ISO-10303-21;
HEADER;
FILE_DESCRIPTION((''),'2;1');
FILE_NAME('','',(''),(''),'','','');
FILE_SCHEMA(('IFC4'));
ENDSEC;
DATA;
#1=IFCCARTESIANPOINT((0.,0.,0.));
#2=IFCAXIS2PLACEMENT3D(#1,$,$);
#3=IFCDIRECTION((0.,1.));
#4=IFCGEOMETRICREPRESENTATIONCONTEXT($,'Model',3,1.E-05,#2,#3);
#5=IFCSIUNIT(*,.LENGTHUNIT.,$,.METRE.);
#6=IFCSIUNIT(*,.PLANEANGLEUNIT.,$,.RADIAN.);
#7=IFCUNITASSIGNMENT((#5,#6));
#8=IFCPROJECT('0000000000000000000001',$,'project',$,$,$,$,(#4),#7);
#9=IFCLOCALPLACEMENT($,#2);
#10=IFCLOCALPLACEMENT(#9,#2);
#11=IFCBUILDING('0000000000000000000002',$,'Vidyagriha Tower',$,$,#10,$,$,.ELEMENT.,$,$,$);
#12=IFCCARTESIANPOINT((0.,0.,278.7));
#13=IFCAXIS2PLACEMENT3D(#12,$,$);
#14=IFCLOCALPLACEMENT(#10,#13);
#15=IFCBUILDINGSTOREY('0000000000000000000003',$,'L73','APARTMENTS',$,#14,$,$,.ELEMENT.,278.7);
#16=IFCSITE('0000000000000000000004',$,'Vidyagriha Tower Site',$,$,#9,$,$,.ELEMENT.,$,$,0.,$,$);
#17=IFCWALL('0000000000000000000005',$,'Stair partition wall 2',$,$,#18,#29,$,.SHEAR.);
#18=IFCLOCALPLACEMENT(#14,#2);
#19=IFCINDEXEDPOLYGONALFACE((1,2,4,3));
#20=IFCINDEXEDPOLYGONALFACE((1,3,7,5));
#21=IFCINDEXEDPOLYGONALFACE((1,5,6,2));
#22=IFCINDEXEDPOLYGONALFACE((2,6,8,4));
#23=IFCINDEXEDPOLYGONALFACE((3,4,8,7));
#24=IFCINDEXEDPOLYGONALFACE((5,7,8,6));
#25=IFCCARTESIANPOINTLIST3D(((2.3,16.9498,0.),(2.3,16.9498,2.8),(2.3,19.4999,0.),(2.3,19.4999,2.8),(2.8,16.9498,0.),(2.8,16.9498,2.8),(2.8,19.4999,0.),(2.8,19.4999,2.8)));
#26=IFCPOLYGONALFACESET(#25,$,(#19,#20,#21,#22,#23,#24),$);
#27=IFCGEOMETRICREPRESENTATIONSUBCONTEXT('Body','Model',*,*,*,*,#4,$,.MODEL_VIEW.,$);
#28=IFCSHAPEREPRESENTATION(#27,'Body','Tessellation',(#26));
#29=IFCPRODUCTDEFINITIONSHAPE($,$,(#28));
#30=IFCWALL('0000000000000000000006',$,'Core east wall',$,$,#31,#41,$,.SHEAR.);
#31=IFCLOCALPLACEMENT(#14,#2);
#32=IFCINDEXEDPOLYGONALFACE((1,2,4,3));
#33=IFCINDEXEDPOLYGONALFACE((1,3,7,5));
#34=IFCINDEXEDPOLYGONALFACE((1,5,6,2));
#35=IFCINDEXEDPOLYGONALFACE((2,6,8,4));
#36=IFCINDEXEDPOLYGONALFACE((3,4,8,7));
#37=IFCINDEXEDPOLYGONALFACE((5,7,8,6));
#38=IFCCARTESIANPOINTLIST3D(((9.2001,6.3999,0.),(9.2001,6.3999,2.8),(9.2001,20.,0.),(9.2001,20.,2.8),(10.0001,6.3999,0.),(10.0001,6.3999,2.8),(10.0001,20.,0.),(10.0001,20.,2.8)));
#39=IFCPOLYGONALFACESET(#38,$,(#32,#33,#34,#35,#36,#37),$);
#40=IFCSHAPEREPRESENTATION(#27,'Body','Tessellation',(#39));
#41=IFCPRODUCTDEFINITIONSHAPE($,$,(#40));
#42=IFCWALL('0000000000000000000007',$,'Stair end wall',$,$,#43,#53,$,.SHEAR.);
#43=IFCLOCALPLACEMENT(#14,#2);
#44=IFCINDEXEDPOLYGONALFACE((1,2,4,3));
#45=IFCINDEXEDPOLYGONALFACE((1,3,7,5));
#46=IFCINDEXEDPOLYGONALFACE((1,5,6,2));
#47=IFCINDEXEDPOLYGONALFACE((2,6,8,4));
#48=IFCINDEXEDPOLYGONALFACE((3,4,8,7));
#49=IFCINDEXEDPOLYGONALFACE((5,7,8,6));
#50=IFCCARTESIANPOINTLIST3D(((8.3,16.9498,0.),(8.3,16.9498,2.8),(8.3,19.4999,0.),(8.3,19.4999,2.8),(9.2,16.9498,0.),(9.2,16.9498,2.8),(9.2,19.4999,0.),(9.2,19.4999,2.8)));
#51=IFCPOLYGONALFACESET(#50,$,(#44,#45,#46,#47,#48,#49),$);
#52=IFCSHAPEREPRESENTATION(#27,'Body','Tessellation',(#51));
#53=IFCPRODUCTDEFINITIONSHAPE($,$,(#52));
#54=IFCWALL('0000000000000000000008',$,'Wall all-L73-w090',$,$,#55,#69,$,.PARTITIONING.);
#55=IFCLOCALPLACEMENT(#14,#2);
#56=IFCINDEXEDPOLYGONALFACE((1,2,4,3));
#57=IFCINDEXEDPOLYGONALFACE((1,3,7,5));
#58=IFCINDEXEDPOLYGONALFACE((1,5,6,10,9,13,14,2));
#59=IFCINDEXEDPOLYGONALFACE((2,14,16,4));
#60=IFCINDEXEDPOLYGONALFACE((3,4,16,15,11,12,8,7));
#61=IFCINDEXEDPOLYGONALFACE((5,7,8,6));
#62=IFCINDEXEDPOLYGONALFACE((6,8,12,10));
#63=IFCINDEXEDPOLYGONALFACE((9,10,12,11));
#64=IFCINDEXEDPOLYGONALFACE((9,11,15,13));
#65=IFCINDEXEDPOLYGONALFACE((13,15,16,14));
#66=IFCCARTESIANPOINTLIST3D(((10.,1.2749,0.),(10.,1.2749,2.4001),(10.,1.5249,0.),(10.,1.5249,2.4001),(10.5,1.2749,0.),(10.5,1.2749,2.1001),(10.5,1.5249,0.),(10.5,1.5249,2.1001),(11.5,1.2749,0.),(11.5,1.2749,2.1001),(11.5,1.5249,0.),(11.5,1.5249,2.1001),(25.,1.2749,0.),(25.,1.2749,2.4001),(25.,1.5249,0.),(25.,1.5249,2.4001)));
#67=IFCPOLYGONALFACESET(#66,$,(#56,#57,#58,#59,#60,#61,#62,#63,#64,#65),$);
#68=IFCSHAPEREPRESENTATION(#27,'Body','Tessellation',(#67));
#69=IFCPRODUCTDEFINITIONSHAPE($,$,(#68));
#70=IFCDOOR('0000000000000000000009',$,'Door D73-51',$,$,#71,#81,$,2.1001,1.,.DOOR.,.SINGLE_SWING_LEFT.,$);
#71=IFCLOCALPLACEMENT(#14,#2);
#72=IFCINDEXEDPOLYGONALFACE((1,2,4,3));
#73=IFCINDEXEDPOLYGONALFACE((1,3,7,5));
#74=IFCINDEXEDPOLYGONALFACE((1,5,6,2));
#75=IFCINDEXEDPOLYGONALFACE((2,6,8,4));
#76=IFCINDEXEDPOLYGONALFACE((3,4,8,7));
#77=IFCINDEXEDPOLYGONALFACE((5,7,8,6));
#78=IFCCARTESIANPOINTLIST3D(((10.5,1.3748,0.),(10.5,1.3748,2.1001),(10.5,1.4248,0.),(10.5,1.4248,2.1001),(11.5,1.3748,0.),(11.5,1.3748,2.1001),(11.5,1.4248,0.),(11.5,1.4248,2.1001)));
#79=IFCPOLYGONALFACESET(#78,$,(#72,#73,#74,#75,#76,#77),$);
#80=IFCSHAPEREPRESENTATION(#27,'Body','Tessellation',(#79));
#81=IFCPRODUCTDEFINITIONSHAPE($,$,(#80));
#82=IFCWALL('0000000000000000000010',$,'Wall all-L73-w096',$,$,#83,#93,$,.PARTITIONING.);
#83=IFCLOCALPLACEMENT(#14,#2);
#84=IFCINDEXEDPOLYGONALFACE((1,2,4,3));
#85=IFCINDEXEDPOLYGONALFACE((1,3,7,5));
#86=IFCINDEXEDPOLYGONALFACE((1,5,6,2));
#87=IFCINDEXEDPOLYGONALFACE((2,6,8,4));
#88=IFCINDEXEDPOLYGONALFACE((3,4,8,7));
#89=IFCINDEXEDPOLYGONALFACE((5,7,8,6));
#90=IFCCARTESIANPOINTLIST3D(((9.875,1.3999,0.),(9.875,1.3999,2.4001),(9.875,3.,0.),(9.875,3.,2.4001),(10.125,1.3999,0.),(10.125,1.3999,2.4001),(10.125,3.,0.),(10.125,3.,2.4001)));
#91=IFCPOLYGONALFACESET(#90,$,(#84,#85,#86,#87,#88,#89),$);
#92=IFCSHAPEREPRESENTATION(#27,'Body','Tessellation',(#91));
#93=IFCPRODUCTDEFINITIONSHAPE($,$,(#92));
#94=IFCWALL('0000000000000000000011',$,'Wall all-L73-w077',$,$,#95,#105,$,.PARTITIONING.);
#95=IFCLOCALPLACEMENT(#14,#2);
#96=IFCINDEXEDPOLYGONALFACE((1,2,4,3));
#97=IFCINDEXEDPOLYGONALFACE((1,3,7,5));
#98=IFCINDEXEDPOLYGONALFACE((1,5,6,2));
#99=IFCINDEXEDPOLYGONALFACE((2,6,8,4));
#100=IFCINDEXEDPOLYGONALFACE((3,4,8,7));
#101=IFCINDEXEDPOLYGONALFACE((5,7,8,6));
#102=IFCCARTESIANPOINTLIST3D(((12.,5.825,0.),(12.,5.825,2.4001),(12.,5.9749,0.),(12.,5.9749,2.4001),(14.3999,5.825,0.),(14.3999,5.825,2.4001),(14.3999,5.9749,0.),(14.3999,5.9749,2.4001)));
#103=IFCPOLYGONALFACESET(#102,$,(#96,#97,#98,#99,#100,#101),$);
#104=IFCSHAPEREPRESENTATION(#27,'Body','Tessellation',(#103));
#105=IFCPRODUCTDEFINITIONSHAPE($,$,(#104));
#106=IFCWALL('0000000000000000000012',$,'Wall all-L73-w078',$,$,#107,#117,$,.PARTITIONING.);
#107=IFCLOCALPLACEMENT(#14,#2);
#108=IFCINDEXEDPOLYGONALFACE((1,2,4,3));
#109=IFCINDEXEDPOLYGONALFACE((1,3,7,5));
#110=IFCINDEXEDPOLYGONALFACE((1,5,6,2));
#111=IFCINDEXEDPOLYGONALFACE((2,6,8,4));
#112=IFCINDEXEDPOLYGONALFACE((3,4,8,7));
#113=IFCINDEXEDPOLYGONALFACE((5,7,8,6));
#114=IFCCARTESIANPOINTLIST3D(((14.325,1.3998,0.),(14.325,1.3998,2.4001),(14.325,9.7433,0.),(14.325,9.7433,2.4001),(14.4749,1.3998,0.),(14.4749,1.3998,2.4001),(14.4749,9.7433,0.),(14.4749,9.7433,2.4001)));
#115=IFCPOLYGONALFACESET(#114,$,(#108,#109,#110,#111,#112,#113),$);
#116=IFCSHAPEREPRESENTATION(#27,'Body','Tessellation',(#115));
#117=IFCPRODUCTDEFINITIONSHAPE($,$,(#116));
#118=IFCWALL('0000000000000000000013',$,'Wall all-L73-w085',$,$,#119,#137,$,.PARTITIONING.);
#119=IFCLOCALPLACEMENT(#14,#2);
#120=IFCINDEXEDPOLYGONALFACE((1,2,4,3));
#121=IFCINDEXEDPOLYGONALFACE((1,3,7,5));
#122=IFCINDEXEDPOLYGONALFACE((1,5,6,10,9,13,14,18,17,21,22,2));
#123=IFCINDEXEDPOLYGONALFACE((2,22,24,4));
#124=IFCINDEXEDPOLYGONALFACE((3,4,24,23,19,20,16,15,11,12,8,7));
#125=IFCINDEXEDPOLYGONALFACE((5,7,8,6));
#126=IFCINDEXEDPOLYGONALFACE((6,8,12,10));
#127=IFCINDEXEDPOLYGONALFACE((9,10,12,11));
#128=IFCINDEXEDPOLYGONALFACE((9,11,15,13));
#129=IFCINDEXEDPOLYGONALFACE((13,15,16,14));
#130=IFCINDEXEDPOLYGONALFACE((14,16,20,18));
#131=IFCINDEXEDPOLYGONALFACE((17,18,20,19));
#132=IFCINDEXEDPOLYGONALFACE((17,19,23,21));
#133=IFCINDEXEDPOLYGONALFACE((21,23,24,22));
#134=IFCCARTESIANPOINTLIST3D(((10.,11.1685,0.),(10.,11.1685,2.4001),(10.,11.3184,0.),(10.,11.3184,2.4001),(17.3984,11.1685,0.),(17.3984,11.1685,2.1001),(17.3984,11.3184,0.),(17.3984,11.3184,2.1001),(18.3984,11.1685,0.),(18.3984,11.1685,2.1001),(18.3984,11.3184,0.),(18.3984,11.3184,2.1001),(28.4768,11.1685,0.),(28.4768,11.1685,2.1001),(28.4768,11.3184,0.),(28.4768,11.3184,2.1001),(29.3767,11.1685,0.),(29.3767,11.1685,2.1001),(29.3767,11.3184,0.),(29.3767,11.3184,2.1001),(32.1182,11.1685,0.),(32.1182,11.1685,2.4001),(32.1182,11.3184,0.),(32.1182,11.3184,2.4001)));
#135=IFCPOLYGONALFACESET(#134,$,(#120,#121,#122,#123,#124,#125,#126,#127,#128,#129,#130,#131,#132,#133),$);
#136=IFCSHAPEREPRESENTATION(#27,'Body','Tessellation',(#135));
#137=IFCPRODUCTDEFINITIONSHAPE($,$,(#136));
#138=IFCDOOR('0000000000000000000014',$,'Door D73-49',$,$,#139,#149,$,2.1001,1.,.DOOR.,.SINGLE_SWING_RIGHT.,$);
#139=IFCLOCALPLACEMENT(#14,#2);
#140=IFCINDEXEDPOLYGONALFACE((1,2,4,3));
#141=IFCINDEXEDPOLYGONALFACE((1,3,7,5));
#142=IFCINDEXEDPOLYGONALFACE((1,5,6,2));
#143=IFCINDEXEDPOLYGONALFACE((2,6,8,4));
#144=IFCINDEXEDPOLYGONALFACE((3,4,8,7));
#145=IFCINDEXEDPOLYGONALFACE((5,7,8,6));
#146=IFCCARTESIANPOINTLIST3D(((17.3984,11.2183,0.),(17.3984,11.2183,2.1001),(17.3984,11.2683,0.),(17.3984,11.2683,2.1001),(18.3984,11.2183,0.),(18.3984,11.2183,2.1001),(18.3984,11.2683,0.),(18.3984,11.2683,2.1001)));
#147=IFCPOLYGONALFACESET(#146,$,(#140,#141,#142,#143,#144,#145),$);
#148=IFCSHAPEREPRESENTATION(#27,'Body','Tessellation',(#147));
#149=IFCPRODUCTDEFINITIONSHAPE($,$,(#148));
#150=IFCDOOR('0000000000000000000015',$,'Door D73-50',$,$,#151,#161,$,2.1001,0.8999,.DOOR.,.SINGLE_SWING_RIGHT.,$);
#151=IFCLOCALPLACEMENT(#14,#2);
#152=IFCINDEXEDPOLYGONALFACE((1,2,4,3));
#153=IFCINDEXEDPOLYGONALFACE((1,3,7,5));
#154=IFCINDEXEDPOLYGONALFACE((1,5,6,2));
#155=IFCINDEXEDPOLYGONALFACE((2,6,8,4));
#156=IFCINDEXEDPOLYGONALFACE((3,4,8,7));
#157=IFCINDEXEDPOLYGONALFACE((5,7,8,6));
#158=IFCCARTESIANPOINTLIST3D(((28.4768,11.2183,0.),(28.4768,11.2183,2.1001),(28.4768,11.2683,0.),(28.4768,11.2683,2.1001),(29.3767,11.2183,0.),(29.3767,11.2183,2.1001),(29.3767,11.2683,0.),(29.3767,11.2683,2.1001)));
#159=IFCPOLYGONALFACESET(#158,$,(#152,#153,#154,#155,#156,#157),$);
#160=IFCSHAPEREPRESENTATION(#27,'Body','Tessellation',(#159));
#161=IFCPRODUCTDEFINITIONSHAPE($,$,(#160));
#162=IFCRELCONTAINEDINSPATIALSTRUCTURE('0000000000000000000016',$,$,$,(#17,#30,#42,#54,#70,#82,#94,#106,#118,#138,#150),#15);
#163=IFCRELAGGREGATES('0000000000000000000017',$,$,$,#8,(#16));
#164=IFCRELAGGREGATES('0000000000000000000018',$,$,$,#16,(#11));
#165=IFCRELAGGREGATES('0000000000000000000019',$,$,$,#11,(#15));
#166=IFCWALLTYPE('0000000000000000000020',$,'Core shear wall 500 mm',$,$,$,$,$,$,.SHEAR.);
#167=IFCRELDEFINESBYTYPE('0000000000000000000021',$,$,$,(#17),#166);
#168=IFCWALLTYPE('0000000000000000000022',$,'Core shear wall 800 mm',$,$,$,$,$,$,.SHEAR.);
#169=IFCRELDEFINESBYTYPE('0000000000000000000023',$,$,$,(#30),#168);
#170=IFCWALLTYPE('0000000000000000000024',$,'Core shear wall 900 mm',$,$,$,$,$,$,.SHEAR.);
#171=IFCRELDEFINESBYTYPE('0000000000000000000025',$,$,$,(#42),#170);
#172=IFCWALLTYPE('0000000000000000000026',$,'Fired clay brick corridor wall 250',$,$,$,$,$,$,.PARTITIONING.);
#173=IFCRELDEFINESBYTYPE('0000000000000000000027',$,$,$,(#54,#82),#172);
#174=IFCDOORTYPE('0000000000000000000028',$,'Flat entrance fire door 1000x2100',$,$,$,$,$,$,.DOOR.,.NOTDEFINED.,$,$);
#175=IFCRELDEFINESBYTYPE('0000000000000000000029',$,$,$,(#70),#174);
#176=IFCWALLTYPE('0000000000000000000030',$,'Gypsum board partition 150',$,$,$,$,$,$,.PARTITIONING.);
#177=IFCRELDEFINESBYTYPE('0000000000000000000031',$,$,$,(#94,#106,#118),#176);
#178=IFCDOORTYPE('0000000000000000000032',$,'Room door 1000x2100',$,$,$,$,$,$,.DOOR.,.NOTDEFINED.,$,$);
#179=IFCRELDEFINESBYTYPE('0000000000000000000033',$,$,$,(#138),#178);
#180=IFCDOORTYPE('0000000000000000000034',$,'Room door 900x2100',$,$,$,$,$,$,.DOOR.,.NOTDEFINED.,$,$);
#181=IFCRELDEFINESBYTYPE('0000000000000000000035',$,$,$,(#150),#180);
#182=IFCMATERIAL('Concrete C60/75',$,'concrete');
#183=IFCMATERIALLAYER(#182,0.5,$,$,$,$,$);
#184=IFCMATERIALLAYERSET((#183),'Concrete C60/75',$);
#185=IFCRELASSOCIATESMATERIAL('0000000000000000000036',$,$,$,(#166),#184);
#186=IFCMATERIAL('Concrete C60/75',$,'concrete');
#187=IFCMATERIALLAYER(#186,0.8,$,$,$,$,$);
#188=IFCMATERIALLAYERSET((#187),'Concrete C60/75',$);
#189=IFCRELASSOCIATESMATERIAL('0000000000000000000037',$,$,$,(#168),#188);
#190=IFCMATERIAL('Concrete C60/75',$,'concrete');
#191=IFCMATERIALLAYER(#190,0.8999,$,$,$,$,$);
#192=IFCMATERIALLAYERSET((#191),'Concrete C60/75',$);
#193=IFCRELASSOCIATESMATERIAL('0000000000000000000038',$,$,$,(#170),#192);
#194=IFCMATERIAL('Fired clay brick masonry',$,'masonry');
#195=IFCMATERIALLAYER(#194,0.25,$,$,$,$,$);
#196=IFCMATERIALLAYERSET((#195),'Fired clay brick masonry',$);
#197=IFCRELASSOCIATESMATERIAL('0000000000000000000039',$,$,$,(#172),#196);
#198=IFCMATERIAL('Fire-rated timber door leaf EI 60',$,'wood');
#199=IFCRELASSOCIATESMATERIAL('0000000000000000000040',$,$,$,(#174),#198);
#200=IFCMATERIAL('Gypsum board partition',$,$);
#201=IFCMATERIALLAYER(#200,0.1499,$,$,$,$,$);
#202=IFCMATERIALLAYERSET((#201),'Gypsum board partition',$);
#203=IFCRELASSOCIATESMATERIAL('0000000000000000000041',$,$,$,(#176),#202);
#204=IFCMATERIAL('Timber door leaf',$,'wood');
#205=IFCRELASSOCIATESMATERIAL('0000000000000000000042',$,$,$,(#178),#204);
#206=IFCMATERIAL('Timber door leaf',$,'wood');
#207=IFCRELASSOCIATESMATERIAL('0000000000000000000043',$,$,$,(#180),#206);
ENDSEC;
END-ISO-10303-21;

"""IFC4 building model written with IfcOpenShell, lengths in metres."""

from ifc_helpers import new_model, si_unit, direction, frame, frame_2d, origin, place, context, subcontext, project, spatial, rectangle, extrude, material, layer, layer_set, type_object, element, fill, save


model = new_model("IFC4")

# Units and contexts
model_context = context("Model", 3, precision=1e-05, world=origin(), true_north=direction((0.0, 1.0)))
body_context = subcontext(model_context, "Body", "Model", "MODEL_VIEW")
ifc_project = project(units=[si_unit("LENGTHUNIT", "METRE"), si_unit("PLANEANGLEUNIT", "RADIAN")], contexts=[model_context])

# Site, building, storey
site_placement = place(None, origin())
site = spatial("IfcSite", under=ifc_project, at=site_placement, Name="Vidyagriha Tower Site", CompositionType="ELEMENT", RefElevation=0.0)
building_placement = place(site_placement, origin())
building = spatial("IfcBuilding", under=site, at=building_placement, Name="Vidyagriha Tower", CompositionType="ELEMENT")
storey_placement = place(building_placement, frame((0.0, 0.0, 278.7)))
storey = spatial("IfcBuildingStorey", under=building, at=storey_placement, Name="L73", Description="APARTMENTS", CompositionType="ELEMENT", Elevation=278.7)

# Walls
ifc_material_1 = material(Name="Concrete C60/75", Category="concrete")
ifc_layer_1 = layer(ifc_material_1, 0.5)
ifc_layer_set_1 = layer_set([ifc_layer_1], Name="Concrete C60/75")
wall_type_1 = type_object("IfcWallType", Name="Core shear wall 500 mm", PredefinedType="SHEAR", material=ifc_layer_set_1)
wall_1_placement = place(storey_placement, frame((2.55, 16.95, 0.0), z_axis=(0.0, 0.0, 1.0), x_axis=(0.0, 1.0, 0.0)))
element("IfcWall", 1, at=wall_1_placement, inside=storey, type_object=wall_type_1, Name="Stair partition wall 2", PredefinedType="SHEAR", context=body_context, shape_type="SweptSolid", body=[
    extrude(rectangle(XDim=2.55, YDim=0.5, at=frame_2d((1.2749, 0.0))), origin(), (0.0, 0.0, 1.0), 2.8),
])
ifc_material_2 = material(Name="Concrete C60/75", Category="concrete")
ifc_layer_2 = layer(ifc_material_2, 0.8)
ifc_layer_set_2 = layer_set([ifc_layer_2], Name="Concrete C60/75")
wall_type_2 = type_object("IfcWallType", Name="Core shear wall 800 mm", PredefinedType="SHEAR", material=ifc_layer_set_2)
wall_2_placement = place(storey_placement, frame((9.6001, 6.3999, 0.0), z_axis=(0.0, 0.0, 1.0), x_axis=(0.0, 1.0, 0.0)))
element("IfcWall", 2, at=wall_2_placement, inside=storey, type_object=wall_type_2, Name="Core east wall", PredefinedType="SHEAR", context=body_context, shape_type="SweptSolid", body=[
    extrude(rectangle(XDim=13.6001, YDim=0.8, at=frame_2d((6.8, 0.0))), origin(), (0.0, 0.0, 1.0), 2.8),
])
ifc_material_3 = material(Name="Concrete C60/75", Category="concrete")
ifc_layer_3 = layer(ifc_material_3, 0.8999)
ifc_layer_set_3 = layer_set([ifc_layer_3], Name="Concrete C60/75")
wall_type_3 = type_object("IfcWallType", Name="Core shear wall 900 mm", PredefinedType="SHEAR", material=ifc_layer_set_3)
wall_3_placement = place(storey_placement, frame((8.75, 16.95, 0.0), z_axis=(0.0, 0.0, 1.0), x_axis=(0.0, 1.0, 0.0)))
element("IfcWall", 3, at=wall_3_placement, inside=storey, type_object=wall_type_3, Name="Stair end wall", PredefinedType="SHEAR", context=body_context, shape_type="SweptSolid", body=[
    extrude(rectangle(XDim=2.55, YDim=0.8999, at=frame_2d((1.2749, 0.0))), origin(), (0.0, 0.0, 1.0), 2.8),
])

# Wall, opening, door
ifc_material_4 = material(Name="Fired clay brick masonry", Category="masonry")
ifc_layer_4 = layer(ifc_material_4, 0.25)
ifc_layer_set_4 = layer_set([ifc_layer_4], Name="Fired clay brick masonry")
wall_type_4 = type_object("IfcWallType", Name="Fired clay brick corridor wall 250", PredefinedType="PARTITIONING", material=ifc_layer_set_4)
wall_4_placement = place(storey_placement, frame((10.0, 1.3999, 0.0)))
wall_4 = element("IfcWall", 4, at=wall_4_placement, inside=storey, type_object=wall_type_4, Name="Wall all-L73-w090", PredefinedType="PARTITIONING", context=body_context, shape_type="SweptSolid", body=[
    extrude(rectangle(XDim=15.0, YDim=0.25, at=frame_2d((7.5, 0.0))), origin(), (0.0, 0.0, 1.0), 2.4001),
])
opening_1_placement = place(wall_4_placement, frame((0.5, 0.0, 0.0)))
opening_1 = element("IfcOpeningElement", 5, at=opening_1_placement, cuts=wall_4, PredefinedType="OPENING", context=body_context, shape_type="SweptSolid", body=[
    extrude(rectangle(XDim=1.0, YDim=2.1001, at=frame_2d((0.5, 1.05))), frame((0.0, 0.135, 0.0), z_axis=(0.0, -1.0, 0.0), x_axis=(1.0, 0.0, 0.0)), (0.0, 0.0, 1.0), 0.27),
])
ifc_material_5 = material(Name="Fire-rated timber door leaf EI 60", Category="wood")
door_type_1 = type_object("IfcDoorType", Name="Flat entrance fire door 1000x2100", OperationType="NOTDEFINED", PredefinedType="DOOR", material=ifc_material_5)
door_1_placement = place(opening_1_placement, origin())
door_1 = element("IfcDoor", 6, at=door_1_placement, inside=storey, type_object=door_type_1, Name="Door D73-51", OperationType="SINGLE_SWING_LEFT", OverallHeight=2.1001, OverallWidth=1.0, PredefinedType="DOOR", context=body_context, shape_type="SweptSolid", body=[
    extrude(rectangle(XDim=1.0, YDim=2.1001, at=frame_2d((0.5, 1.05))), frame((0.0, 0.0249, 0.0), z_axis=(0.0, -1.0, 0.0), x_axis=(1.0, 0.0, 0.0)), (0.0, 0.0, 1.0), 0.05),
])
fill(opening_1, door_1)

# Walls
wall_5_placement = place(storey_placement, frame((10.0, 1.3999, 0.0), z_axis=(0.0, 0.0, 1.0), x_axis=(0.0, 1.0, 0.0)))
element("IfcWall", 7, at=wall_5_placement, inside=storey, type_object=wall_type_4, Name="Wall all-L73-w096", PredefinedType="PARTITIONING", context=body_context, shape_type="SweptSolid", body=[
    extrude(rectangle(XDim=1.6001, YDim=0.25, at=frame_2d((0.8, 0.0))), origin(), (0.0, 0.0, 1.0), 2.4001),
])
ifc_material_6 = material(Name="Gypsum board partition")
ifc_layer_5 = layer(ifc_material_6, 0.1499)
ifc_layer_set_5 = layer_set([ifc_layer_5], Name="Gypsum board partition")
wall_type_5 = type_object("IfcWallType", Name="Gypsum board partition 150", PredefinedType="PARTITIONING", material=ifc_layer_set_5)
wall_6_placement = place(storey_placement, frame((12.0, 5.8999, 0.0)))
element("IfcWall", 8, at=wall_6_placement, inside=storey, type_object=wall_type_5, Name="Wall all-L73-w077", PredefinedType="PARTITIONING", context=body_context, shape_type="SweptSolid", body=[
    extrude(rectangle(XDim=2.3999, YDim=0.1499, at=frame_2d((1.2, 0.0))), origin(), (0.0, 0.0, 1.0), 2.4001),
])
wall_7_placement = place(storey_placement, frame((14.3999, 9.7434, 0.0), z_axis=(0.0, 0.0, 1.0), x_axis=(0.0, -1.0, 0.0)))
element("IfcWall", 9, at=wall_7_placement, inside=storey, type_object=wall_type_5, Name="Wall all-L73-w078", PredefinedType="PARTITIONING", context=body_context, shape_type="SweptSolid", body=[
    extrude(rectangle(XDim=8.3435, YDim=0.1499, at=frame_2d((4.1719, 0.0))), origin(), (0.0, 0.0, 1.0), 2.4001),
])

# Wall, openings, doors
wall_8_placement = place(storey_placement, frame((10.0, 11.2434, 0.0)))
wall_8 = element("IfcWall", 10, at=wall_8_placement, inside=storey, type_object=wall_type_5, Name="Wall all-L73-w085", PredefinedType="PARTITIONING", context=body_context, shape_type="SweptSolid", body=[
    extrude(rectangle(XDim=22.1182, YDim=0.1499, at=frame_2d((11.0591, 0.0))), origin(), (0.0, 0.0, 1.0), 2.4001),
])
opening_2_placement = place(wall_8_placement, frame((7.3984, 0.0, 0.0)))
opening_2 = element("IfcOpeningElement", 11, at=opening_2_placement, cuts=wall_8, PredefinedType="OPENING", context=body_context, shape_type="SweptSolid", body=[
    extrude(rectangle(XDim=1.0, YDim=2.1001, at=frame_2d((0.5, 1.05))), frame((0.0, 0.085, 0.0), z_axis=(0.0, -1.0, 0.0), x_axis=(1.0, 0.0, 0.0)), (0.0, 0.0, 1.0), 0.1699),
])
opening_3_placement = place(wall_8_placement, frame((18.4768, 0.0, 0.0)))
opening_3 = element("IfcOpeningElement", 12, at=opening_3_placement, cuts=wall_8, PredefinedType="OPENING", context=body_context, shape_type="SweptSolid", body=[
    extrude(rectangle(XDim=0.8999, YDim=2.1001, at=frame_2d((0.45, 1.05))), frame((0.0, 0.085, 0.0), z_axis=(0.0, -1.0, 0.0), x_axis=(1.0, 0.0, 0.0)), (0.0, 0.0, 1.0), 0.1699),
])
ifc_material_7 = material(Name="Timber door leaf", Category="wood")
door_type_2 = type_object("IfcDoorType", Name="Room door 1000x2100", OperationType="NOTDEFINED", PredefinedType="DOOR", material=ifc_material_7)
door_2_placement = place(opening_2_placement, origin())
door_2 = element("IfcDoor", 13, at=door_2_placement, inside=storey, type_object=door_type_2, Name="Door D73-49", OperationType="SINGLE_SWING_RIGHT", OverallHeight=2.1001, OverallWidth=1.0, PredefinedType="DOOR", context=body_context, shape_type="SweptSolid", body=[
    extrude(rectangle(XDim=1.0, YDim=2.1001, at=frame_2d((0.5, 1.05))), frame((0.0, 0.0249, 0.0), z_axis=(0.0, -1.0, 0.0), x_axis=(1.0, 0.0, 0.0)), (0.0, 0.0, 1.0), 0.05),
])
fill(opening_2, door_2)
ifc_material_8 = material(Name="Timber door leaf", Category="wood")
door_type_3 = type_object("IfcDoorType", Name="Room door 900x2100", OperationType="NOTDEFINED", PredefinedType="DOOR", material=ifc_material_8)
door_3_placement = place(opening_3_placement, origin())
door_3 = element("IfcDoor", 14, at=door_3_placement, inside=storey, type_object=door_type_3, Name="Door D73-50", OperationType="SINGLE_SWING_RIGHT", OverallHeight=2.1001, OverallWidth=0.8999, PredefinedType="DOOR", context=body_context, shape_type="SweptSolid", body=[
    extrude(rectangle(XDim=0.8999, YDim=2.1001, at=frame_2d((0.45, 1.05))), frame((0.0, 0.0249, 0.0), z_axis=(0.0, -1.0, 0.0), x_axis=(1.0, 0.0, 0.0)), (0.0, 0.0, 1.0), 0.05),
])
fill(opening_3, door_3)

save(model, "model.ifc")
